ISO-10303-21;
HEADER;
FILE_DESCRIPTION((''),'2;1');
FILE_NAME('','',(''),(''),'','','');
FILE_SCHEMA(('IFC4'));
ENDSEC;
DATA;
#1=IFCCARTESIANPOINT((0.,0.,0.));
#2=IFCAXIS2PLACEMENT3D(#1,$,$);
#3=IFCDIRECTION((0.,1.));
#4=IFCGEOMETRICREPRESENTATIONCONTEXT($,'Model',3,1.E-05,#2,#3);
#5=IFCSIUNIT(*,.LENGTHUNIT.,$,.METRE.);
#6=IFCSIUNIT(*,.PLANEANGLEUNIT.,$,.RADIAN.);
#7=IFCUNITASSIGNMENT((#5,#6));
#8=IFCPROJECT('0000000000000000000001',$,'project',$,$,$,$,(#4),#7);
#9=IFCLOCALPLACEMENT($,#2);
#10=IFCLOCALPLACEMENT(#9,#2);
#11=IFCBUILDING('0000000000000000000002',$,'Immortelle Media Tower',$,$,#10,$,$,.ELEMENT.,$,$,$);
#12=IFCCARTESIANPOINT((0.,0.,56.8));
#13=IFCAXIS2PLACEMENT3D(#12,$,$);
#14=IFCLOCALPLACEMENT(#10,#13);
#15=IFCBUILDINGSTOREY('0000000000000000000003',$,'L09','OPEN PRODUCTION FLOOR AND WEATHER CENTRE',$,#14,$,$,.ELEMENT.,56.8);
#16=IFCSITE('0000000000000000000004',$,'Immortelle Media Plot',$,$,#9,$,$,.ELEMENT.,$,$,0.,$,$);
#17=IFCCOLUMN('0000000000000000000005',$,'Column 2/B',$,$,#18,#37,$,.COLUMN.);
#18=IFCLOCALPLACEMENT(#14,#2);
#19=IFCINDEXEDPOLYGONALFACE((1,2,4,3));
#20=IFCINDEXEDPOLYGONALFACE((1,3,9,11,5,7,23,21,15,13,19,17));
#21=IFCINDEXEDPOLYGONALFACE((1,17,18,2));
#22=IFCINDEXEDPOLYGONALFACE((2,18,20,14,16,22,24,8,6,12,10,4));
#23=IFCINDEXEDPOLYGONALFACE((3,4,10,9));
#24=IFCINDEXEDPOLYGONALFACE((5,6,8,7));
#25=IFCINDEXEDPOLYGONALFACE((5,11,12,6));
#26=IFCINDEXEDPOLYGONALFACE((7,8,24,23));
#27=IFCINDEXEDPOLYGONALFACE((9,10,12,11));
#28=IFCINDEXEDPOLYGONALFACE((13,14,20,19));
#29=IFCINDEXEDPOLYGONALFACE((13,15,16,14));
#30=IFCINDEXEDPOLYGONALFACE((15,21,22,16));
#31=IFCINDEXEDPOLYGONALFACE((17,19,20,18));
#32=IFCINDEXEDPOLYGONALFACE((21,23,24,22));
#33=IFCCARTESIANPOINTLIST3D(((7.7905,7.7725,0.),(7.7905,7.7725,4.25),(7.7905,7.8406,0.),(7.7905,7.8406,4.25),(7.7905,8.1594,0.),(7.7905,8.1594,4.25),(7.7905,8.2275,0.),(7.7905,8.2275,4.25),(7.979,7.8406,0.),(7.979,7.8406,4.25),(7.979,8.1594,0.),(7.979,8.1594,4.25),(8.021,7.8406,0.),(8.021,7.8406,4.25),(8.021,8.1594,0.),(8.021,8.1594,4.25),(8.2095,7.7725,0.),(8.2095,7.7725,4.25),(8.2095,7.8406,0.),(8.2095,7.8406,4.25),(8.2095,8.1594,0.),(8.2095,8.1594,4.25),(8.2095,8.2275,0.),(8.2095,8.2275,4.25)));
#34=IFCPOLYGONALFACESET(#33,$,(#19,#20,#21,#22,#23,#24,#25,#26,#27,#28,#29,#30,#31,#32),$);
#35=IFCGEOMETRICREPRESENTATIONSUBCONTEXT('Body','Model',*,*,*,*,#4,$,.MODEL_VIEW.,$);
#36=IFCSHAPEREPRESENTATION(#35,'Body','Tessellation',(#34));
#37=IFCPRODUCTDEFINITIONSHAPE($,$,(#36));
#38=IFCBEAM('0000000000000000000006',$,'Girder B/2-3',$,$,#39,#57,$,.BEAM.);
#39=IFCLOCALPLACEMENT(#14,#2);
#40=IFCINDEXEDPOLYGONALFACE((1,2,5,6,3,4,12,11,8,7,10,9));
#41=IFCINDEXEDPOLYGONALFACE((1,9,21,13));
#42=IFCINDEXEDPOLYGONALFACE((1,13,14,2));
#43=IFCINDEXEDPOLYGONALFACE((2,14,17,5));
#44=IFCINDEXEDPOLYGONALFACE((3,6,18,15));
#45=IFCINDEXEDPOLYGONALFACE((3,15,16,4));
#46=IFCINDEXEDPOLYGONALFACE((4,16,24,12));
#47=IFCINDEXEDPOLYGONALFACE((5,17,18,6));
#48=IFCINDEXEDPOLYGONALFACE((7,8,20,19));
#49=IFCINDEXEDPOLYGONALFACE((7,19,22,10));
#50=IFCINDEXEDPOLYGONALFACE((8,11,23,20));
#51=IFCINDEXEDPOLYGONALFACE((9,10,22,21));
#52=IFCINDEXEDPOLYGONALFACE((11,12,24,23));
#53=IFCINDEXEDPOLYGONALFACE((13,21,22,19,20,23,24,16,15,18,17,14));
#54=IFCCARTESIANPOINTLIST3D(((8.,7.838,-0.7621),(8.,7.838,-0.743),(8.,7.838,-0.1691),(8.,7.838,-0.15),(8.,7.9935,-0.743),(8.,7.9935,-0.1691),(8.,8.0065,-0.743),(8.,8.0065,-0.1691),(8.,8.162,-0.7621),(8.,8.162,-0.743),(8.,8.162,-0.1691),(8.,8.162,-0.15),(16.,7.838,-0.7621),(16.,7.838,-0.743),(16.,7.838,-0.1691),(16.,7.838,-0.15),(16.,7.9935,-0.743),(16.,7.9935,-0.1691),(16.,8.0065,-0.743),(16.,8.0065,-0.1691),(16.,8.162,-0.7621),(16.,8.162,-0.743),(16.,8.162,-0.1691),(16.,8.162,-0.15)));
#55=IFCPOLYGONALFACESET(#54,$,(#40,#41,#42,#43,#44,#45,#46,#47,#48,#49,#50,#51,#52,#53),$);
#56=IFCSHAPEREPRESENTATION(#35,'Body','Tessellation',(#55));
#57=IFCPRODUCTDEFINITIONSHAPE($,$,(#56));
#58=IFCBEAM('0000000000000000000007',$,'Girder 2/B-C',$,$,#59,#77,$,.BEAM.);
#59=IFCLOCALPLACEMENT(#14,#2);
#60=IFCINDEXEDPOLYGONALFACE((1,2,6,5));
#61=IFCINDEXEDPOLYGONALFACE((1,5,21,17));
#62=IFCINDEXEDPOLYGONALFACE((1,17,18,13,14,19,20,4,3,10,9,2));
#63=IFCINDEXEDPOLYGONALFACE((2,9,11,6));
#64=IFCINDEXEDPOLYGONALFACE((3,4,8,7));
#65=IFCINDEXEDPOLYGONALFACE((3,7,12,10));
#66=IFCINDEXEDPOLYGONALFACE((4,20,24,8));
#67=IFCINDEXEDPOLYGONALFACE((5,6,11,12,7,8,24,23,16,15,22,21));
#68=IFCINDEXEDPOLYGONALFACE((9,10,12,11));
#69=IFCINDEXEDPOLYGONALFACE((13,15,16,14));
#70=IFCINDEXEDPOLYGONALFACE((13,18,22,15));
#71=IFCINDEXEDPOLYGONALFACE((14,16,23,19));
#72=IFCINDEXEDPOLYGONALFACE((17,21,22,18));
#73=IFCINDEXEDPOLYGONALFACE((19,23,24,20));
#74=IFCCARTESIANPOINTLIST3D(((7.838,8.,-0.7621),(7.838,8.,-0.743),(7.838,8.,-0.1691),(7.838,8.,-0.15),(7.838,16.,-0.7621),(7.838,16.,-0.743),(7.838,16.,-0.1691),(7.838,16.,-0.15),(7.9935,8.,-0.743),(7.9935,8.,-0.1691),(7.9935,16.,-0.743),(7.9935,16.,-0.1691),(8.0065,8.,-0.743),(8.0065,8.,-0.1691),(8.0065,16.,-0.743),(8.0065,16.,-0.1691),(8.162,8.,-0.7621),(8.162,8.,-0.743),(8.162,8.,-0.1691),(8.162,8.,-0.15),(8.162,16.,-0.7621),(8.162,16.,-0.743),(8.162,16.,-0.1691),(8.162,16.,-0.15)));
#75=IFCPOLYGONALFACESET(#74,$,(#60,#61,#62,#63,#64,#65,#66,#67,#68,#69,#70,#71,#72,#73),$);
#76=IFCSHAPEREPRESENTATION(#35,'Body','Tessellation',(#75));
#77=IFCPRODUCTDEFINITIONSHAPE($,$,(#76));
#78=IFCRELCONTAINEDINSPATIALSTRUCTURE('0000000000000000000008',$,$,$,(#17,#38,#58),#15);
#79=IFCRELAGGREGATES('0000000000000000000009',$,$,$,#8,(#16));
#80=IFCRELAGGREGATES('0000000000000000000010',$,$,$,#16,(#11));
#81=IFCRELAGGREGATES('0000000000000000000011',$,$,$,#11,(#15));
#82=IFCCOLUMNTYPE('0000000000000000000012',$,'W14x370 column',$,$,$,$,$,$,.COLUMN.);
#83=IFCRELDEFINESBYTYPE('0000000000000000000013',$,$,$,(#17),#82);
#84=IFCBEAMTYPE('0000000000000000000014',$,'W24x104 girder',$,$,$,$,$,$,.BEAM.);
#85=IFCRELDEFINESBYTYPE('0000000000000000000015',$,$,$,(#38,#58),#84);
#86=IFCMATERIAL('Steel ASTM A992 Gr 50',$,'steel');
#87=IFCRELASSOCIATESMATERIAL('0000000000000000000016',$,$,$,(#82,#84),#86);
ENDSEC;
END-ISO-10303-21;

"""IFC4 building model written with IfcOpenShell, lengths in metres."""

from ifc_helpers import new_model, si_unit, direction, frame, origin, origin_2d, place, context, subcontext, project, spatial, i_section, extrude, material, material_profile, profile_set, type_object, element, save


model = new_model("IFC4")

# Units and contexts
model_context = context("Model", 3, precision=1e-05, world=origin(), true_north=direction((0.0, 1.0)))
body_context = subcontext(model_context, "Body", "Model", "MODEL_VIEW")
ifc_project = project(units=[si_unit("LENGTHUNIT", "METRE"), si_unit("PLANEANGLEUNIT", "RADIAN")], contexts=[model_context])

# Site, building, storey
site_placement = place(None, origin())
site = spatial("IfcSite", under=ifc_project, at=site_placement, Name="Immortelle Media Plot", CompositionType="ELEMENT", RefElevation=0.0)
building_placement = place(site_placement, origin())
building = spatial("IfcBuilding", under=site, at=building_placement, Name="Immortelle Media Tower", CompositionType="ELEMENT")
storey_placement = place(building_placement, frame((0.0, 0.0, 56.8)))
storey = spatial("IfcBuildingStorey", under=building, at=storey_placement, Name="L09", Description="OPEN PRODUCTION FLOOR AND WEATHER CENTRE", CompositionType="ELEMENT", Elevation=56.8)

# Column
ifc_material_1 = material(Name="Steel ASTM A992 Gr 50", Category="steel")
ifc_material_profile_1 = material_profile(ifc_material_1, i_section(OverallWidth=0.4189, OverallDepth=0.4551, WebThickness=0.042, FlangeThickness=0.0681, at=origin_2d()), Name="W14x370")
ifc_profile_set_1 = profile_set([ifc_material_profile_1], Name="Steel ASTM A992 Gr 50")
column_type = type_object("IfcColumnType", Name="W14x370 column", PredefinedType="COLUMN", material=ifc_profile_set_1)
column_placement = place(storey_placement, frame((8.0, 8.0, 0.0), z_axis=(0.0, 0.0, 1.0), x_axis=(1.0, 0.0, 0.0)))
element("IfcColumn", 1, at=column_placement, inside=storey, type_object=column_type, Name="Column 2/B", PredefinedType="COLUMN", context=body_context, shape_type="SweptSolid", body=[
    extrude(i_section(OverallWidth=0.4189, OverallDepth=0.4551, WebThickness=0.042, FlangeThickness=0.0681, at=origin_2d()), origin(), (0.0, 0.0, 1.0), 4.25),
])

# Beams
ifc_material_profile_2 = material_profile(ifc_material_1, i_section(OverallWidth=0.324, OverallDepth=0.6121, WebThickness=0.0129, FlangeThickness=0.019, at=origin_2d()), Name="W24x104")
ifc_profile_set_2 = profile_set([ifc_material_profile_2], Name="Steel ASTM A992 Gr 50")
beam_type = type_object("IfcBeamType", Name="W24x104 girder", PredefinedType="BEAM", material=ifc_profile_set_2)
for number, where, z_axis, x_axis, name in (
    (2, (8.0, 8.0, -0.4561), (1.0, 0.0, 0.0), (0.0, 1.0, 0.0), "Girder B/2-3"),
    (3, (8.0, 8.0, -0.4561), (0.0, 1.0, 0.0), (-1.0, 0.0, 0.0), "Girder 2/B-C"),
):
    element("IfcBeam", number, at=place(storey_placement, frame(where, z_axis=z_axis, x_axis=x_axis)), inside=storey, type_object=beam_type, Name=name, PredefinedType="BEAM", context=body_context, shape_type="SweptSolid", body=[
        extrude(i_section(OverallWidth=0.324, OverallDepth=0.6121, WebThickness=0.0129, FlangeThickness=0.019, at=origin_2d()), origin(), (0.0, 0.0, 1.0), 8.0),
    ])

save(model, "model.ifc")
